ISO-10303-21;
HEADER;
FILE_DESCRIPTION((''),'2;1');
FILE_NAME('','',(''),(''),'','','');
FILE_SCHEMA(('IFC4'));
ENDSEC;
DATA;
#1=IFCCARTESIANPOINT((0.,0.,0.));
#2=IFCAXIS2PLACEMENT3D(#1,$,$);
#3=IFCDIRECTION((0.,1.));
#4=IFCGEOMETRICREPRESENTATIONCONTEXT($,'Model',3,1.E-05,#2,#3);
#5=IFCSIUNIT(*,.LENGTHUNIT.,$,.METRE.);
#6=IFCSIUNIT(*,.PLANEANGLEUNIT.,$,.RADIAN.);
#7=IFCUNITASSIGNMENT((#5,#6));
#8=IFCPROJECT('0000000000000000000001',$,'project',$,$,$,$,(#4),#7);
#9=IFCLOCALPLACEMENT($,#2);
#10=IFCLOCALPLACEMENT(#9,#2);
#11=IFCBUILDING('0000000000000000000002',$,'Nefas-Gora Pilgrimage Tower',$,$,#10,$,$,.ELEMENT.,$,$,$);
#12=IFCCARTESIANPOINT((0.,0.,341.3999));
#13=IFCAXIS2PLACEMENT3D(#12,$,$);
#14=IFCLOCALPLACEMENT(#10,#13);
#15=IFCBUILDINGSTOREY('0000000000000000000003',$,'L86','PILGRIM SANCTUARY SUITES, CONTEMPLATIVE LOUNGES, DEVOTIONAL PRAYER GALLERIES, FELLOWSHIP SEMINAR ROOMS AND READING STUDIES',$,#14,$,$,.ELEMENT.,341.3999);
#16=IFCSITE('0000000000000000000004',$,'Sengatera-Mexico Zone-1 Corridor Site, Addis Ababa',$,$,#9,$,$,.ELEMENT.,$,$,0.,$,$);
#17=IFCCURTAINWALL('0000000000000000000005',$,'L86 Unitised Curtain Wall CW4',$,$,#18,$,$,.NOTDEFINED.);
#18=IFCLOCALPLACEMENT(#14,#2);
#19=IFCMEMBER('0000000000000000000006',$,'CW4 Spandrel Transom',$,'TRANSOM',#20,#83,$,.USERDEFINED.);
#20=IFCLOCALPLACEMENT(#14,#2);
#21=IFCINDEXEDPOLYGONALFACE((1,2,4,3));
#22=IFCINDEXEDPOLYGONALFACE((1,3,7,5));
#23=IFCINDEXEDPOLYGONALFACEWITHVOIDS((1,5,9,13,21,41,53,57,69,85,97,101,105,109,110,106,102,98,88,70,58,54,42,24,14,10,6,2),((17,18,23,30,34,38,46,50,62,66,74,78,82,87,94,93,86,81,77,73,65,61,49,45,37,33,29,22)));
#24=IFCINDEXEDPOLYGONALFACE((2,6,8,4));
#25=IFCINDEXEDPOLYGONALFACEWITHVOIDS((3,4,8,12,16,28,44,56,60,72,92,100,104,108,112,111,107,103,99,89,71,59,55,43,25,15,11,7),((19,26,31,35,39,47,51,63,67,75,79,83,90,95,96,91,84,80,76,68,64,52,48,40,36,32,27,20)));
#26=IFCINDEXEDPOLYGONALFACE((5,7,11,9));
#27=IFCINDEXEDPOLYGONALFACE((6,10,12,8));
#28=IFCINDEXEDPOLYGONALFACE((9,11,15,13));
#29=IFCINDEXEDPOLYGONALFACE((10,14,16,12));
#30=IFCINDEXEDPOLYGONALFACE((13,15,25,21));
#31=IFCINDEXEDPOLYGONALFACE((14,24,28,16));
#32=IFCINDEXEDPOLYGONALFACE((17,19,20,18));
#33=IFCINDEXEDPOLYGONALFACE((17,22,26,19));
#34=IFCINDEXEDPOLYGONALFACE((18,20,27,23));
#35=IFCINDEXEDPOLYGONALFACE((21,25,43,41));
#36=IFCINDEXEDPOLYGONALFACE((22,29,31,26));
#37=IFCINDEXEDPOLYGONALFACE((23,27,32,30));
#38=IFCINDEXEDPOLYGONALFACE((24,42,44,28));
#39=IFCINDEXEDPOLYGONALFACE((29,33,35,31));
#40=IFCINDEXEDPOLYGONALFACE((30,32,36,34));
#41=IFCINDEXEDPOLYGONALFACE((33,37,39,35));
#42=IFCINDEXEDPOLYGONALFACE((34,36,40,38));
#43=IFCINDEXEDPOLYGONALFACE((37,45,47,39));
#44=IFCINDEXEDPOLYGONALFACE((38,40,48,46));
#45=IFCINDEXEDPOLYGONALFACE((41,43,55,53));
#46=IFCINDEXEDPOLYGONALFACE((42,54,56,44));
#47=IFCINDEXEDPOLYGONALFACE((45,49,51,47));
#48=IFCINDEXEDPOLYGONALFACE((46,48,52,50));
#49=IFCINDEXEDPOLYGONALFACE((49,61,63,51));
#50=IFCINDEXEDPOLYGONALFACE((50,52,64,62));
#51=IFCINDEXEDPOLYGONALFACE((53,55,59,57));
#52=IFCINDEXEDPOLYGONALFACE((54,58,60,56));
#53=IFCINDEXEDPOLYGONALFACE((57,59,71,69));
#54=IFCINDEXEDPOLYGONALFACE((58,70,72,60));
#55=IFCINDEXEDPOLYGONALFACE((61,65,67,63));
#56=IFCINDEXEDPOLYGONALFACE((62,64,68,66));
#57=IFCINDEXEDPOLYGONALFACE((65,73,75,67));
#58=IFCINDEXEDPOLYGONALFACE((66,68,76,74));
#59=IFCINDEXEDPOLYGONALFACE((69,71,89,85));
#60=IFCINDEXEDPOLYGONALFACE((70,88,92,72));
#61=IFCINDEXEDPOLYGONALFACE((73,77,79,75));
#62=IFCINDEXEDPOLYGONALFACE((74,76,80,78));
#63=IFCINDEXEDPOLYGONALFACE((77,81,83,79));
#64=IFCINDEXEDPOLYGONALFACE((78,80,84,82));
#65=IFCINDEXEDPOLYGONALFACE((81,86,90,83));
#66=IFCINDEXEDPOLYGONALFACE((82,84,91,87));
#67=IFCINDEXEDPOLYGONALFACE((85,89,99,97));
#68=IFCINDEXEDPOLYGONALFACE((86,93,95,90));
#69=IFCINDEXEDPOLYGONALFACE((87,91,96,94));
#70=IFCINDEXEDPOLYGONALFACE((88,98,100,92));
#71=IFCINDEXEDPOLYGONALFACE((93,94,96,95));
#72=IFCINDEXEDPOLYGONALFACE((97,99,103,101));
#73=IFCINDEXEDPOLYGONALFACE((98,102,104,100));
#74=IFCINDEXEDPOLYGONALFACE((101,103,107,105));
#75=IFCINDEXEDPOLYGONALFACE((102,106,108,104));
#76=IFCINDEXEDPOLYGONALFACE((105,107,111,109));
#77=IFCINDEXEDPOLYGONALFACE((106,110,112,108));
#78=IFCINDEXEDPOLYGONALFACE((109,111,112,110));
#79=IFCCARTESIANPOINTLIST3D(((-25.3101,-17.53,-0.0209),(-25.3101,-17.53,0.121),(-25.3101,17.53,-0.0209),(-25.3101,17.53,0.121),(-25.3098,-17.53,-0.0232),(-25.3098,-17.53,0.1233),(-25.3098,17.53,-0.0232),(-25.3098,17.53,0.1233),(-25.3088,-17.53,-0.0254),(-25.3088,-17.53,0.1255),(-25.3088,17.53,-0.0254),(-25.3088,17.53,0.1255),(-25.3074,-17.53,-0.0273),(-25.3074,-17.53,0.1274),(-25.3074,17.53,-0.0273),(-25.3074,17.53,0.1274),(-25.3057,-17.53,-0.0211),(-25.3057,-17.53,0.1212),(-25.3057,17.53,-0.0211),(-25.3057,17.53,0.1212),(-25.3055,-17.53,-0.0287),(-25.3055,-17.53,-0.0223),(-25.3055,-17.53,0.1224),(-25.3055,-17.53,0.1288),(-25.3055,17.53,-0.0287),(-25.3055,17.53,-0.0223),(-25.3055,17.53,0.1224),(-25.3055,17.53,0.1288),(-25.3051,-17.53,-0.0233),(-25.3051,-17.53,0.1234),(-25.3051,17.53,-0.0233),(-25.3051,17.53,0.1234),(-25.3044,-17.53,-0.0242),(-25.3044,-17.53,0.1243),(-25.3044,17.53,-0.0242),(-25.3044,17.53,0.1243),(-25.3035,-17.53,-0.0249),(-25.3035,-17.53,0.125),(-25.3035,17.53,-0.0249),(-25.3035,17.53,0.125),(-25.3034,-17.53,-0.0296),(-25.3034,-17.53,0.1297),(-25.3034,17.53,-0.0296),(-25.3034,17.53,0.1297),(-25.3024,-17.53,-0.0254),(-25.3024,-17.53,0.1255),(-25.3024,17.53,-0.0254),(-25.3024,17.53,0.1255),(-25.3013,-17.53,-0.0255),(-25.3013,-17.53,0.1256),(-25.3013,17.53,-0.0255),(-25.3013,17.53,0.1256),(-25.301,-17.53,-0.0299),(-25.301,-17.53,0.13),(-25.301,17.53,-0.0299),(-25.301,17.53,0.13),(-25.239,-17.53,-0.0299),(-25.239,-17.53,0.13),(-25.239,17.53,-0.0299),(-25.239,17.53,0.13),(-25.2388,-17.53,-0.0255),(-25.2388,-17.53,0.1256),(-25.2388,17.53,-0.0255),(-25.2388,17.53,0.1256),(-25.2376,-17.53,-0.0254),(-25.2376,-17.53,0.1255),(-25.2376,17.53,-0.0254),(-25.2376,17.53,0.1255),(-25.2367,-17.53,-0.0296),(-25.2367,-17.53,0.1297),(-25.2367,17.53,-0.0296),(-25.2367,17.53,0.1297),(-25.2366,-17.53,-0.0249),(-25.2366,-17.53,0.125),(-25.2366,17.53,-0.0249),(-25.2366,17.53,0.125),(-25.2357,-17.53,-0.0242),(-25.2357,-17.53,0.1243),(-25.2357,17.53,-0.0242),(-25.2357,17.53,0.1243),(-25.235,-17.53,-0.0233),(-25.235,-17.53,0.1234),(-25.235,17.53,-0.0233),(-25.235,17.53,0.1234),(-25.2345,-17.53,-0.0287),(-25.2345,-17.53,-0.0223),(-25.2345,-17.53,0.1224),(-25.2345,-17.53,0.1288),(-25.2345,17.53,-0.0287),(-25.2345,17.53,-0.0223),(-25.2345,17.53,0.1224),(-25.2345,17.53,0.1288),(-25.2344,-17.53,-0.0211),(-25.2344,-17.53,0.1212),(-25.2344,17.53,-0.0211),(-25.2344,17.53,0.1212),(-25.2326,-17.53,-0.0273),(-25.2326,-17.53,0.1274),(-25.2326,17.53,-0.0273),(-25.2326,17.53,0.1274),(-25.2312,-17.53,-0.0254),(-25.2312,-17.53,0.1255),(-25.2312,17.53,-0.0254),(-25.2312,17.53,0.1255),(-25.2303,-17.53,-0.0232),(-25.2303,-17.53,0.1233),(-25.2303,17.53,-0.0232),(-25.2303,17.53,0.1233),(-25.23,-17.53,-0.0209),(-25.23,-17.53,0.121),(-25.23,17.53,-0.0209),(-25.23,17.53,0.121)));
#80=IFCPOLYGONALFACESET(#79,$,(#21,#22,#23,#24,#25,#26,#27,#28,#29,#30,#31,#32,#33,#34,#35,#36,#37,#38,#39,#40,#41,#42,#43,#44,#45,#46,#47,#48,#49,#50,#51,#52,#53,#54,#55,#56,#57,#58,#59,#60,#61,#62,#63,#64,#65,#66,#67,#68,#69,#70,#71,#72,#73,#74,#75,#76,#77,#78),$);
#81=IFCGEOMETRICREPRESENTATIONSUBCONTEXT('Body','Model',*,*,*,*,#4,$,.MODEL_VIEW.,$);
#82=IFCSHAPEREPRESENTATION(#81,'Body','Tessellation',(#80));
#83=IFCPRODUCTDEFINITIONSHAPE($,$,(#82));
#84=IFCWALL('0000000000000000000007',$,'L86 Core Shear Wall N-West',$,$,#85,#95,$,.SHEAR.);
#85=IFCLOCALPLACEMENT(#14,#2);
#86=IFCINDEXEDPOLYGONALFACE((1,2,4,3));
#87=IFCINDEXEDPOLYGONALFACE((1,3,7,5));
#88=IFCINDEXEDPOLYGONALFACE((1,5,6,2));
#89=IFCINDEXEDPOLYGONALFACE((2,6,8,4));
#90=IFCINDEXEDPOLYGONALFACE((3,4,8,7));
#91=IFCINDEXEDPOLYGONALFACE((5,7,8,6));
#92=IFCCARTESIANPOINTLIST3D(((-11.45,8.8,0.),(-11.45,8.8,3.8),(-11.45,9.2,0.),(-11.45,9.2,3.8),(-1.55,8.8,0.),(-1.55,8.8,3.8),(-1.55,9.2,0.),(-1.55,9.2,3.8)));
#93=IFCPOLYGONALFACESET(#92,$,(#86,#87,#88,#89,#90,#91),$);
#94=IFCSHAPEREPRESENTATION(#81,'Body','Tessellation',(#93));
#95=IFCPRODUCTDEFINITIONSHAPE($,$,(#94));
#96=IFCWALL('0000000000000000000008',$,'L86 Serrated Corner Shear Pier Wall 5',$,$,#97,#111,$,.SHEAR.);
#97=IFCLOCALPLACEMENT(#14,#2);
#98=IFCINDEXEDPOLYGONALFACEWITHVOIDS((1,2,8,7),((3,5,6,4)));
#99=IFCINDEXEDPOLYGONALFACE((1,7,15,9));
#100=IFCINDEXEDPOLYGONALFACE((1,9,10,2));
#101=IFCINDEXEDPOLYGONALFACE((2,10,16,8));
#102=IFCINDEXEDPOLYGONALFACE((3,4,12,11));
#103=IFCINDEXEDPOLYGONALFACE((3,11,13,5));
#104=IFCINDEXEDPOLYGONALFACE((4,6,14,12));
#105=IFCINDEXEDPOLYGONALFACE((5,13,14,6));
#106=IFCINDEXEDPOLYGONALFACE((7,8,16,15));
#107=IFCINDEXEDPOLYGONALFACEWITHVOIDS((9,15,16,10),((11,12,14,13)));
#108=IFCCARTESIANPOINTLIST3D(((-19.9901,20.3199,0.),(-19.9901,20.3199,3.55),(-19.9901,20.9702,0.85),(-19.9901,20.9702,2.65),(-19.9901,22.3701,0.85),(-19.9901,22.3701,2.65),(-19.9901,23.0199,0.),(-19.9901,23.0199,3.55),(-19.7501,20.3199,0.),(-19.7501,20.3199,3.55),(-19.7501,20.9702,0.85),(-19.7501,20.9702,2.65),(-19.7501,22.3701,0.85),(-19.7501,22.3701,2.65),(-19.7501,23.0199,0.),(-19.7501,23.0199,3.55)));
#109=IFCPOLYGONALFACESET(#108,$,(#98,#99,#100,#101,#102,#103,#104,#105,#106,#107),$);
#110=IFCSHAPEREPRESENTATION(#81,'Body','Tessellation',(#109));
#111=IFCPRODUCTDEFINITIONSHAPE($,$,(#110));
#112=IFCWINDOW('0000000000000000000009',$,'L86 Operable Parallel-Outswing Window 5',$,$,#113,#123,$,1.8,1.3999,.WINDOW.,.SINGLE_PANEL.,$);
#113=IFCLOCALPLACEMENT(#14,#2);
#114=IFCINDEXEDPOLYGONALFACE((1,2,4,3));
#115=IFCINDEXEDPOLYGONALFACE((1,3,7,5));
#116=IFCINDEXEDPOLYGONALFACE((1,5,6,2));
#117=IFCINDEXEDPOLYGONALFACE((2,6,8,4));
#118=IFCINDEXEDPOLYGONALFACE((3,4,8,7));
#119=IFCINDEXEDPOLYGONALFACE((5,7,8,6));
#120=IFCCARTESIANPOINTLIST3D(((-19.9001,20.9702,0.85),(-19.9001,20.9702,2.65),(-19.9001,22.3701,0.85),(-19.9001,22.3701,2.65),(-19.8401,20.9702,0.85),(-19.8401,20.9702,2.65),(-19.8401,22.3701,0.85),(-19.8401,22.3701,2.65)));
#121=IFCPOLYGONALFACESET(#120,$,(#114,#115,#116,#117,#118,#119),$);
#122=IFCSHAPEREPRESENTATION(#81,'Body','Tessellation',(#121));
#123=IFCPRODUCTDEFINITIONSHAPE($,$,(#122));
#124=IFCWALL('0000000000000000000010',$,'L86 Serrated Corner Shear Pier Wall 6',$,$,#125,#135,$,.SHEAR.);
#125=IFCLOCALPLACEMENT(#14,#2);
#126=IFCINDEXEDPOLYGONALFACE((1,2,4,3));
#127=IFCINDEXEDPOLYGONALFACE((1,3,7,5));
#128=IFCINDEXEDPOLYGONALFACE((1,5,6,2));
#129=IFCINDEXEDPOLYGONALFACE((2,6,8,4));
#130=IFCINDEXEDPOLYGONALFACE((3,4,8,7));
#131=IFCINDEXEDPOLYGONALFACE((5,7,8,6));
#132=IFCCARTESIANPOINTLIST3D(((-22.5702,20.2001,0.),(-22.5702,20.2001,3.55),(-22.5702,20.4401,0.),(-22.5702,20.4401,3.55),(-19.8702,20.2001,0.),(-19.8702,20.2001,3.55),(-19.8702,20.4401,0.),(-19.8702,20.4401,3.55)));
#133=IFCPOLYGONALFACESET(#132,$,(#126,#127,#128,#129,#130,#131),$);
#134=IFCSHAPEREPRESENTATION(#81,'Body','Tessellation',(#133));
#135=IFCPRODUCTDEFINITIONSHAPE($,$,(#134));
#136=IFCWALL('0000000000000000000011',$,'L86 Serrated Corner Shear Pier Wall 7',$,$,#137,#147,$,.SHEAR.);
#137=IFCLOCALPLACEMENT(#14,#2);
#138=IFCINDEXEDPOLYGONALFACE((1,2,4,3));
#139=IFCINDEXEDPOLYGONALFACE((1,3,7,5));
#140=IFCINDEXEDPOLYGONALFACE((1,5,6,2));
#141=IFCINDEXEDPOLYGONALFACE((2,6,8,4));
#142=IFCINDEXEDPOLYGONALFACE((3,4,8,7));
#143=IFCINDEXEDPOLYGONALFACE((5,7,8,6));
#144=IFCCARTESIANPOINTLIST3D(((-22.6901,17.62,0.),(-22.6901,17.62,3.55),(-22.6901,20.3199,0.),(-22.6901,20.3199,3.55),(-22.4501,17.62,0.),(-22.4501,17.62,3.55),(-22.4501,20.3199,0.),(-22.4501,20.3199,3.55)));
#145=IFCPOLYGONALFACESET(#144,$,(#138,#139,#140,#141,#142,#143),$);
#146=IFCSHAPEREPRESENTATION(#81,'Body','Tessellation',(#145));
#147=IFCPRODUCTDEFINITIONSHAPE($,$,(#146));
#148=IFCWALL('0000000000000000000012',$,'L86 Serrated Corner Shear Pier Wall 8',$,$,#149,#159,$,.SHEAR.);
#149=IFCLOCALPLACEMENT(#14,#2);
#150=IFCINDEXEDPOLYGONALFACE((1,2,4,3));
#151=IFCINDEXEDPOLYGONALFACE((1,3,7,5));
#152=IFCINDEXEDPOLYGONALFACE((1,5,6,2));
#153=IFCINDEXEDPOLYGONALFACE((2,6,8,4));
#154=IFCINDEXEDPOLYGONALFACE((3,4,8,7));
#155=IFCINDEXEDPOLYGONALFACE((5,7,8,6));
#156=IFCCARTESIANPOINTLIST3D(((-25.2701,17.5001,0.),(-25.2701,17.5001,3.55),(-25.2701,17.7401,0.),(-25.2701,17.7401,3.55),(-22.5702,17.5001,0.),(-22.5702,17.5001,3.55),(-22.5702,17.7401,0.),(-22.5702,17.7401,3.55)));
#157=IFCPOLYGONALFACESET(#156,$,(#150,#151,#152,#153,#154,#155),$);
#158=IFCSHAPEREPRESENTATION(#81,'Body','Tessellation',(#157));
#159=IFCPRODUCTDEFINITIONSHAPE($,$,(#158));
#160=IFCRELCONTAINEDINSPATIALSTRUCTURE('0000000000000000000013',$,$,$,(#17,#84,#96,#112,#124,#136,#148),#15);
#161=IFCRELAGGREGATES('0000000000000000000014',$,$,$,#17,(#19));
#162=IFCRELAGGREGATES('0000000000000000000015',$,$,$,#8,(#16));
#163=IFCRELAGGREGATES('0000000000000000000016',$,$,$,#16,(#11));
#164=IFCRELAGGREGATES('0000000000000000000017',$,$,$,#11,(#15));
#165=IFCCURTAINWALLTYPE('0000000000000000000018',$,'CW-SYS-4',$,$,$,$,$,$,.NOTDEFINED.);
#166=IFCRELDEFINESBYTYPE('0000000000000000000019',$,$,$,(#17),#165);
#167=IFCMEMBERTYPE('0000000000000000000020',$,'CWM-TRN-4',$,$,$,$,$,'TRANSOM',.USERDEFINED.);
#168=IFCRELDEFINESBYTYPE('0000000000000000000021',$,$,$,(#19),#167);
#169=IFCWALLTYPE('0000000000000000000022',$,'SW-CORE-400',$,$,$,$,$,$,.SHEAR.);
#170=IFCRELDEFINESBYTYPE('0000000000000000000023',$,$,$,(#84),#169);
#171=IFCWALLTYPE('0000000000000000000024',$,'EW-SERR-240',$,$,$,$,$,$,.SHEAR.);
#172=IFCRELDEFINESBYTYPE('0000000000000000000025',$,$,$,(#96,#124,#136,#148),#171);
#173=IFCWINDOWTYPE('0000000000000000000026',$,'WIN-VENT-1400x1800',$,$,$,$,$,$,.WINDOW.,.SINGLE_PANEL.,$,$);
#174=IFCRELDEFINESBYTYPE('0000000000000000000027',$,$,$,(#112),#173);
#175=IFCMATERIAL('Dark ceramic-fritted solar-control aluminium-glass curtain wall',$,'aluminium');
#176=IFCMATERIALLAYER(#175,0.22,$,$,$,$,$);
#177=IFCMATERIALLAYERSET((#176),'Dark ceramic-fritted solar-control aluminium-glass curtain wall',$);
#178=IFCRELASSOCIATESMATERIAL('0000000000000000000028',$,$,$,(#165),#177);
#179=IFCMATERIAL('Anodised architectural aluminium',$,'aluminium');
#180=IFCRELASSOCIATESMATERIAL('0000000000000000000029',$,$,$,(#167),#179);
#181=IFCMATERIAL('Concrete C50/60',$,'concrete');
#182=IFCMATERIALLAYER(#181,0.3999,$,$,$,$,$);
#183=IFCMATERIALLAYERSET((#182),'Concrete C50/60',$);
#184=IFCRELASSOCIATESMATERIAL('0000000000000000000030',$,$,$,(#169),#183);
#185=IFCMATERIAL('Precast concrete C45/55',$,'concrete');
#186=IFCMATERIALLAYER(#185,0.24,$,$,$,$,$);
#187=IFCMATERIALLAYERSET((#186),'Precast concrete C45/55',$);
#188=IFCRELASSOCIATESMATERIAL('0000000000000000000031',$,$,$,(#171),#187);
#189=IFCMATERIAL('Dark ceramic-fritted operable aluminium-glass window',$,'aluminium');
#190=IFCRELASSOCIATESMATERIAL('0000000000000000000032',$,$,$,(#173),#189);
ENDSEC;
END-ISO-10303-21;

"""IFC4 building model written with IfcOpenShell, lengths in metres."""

from ifc_helpers import new_model, si_unit, direction, frame, frame_2d, origin, origin_2d, place, context, subcontext, project, spatial, rectangle, hollow_rectangle, extrude, source, transform, mapped, material, layer, layer_set, material_profile, profile_set, type_object, element, fill, aggregate, save


model = new_model("IFC4")

# Units and contexts
model_context = context("Model", 3, precision=1e-05, world=origin(), true_north=direction((0.0, 1.0)))
body_context = subcontext(model_context, "Body", "Model", "MODEL_VIEW")
ifc_project = project(units=[si_unit("LENGTHUNIT", "METRE"), si_unit("PLANEANGLEUNIT", "RADIAN")], contexts=[model_context])

# Site, building, storey
site_placement = place(None, origin())
site = spatial("IfcSite", under=ifc_project, at=site_placement, Name="Sengatera-Mexico Zone-1 Corridor Site, Addis Ababa", CompositionType="ELEMENT", RefElevation=0.0)
building_placement = place(site_placement, origin())
building = spatial("IfcBuilding", under=site, at=building_placement, Name="Nefas-Gora Pilgrimage Tower", CompositionType="ELEMENT")
storey_placement = place(building_placement, frame((0.0, 0.0, 341.3999)))
storey = spatial("IfcBuildingStorey", under=building, at=storey_placement, Name="L86", Description="PILGRIM SANCTUARY SUITES, CONTEMPLATIVE LOUNGES, DEVOTIONAL PRAYER GALLERIES, FELLOWSHIP SEMINAR ROOMS AND READING STUDIES", CompositionType="ELEMENT", Elevation=341.3999)

# Shared definitions
ifc_material_1 = material(Name="Concrete C50/60", Category="concrete")

# Shared definitions
ifc_material_2 = material(Name="Dark ceramic-fritted solar-control aluminium-glass curtain wall", Category="aluminium")
ifc_layer_1 = layer(ifc_material_2, 0.22)
ifc_layer_set_1 = layer_set([ifc_layer_1], Name="Dark ceramic-fritted solar-control aluminium-glass curtain wall")
curtain_wall_type = type_object("IfcCurtainWallType", Name="CW-SYS-4", PredefinedType="NOTDEFINED", material=ifc_layer_set_1)
ifc_material_3 = material(Name="Anodised architectural aluminium", Category="aluminium")

# Curtain wall, member
curtain_wall_1_placement = place(storey_placement, origin())
curtain_wall_1 = element("IfcCurtainWall", 1, at=curtain_wall_1_placement, inside=storey, type_object=curtain_wall_type, Name="L86 Unitised Curtain Wall CW4", PredefinedType="NOTDEFINED")
ifc_material_profile_1 = material_profile(ifc_material_3, hollow_rectangle(XDim=0.0801, YDim=0.1599, WallThickness=0.0044, InnerFilletRadius=0.0044, OuterFilletRadius=0.009, at=origin_2d()), Name="ALU TRANSOM 80x160")
ifc_profile_set_1 = profile_set([ifc_material_profile_1], Name="Anodised architectural aluminium")
member_type_1 = type_object("IfcMemberType", Name="CWM-TRN-4", ElementType="TRANSOM", PredefinedType="USERDEFINED", material=ifc_profile_set_1)
shared_shape_1 = source(origin(), body_context, "Body", "SweptSolid", [
    extrude(hollow_rectangle(XDim=0.0801, YDim=0.1599, WallThickness=0.0044, InnerFilletRadius=0.0044, OuterFilletRadius=0.009, at=origin_2d()), origin(), (0.0, 0.0, 1.0), 35.0601),
])
member_1_placement = place(storey_placement, frame((-25.27, 17.53, 0.05), z_axis=(0.0, -1.0, 0.0), x_axis=(1.0, 0.0, 0.0)))
member_1 = element("IfcMember", 2, at=member_1_placement, type_object=member_type_1, Name="CW4 Spandrel Transom", ObjectType="TRANSOM", PredefinedType="USERDEFINED", context=body_context, shape_type="MappedRepresentation", body=[
    mapped(shared_shape_1, transform((0.0, 0.0, 0.0), x_axis=(1.0, 0.0, 0.0), y_axis=(0.0, 1.0, 0.0), z_axis=(0.0, 0.0, 1.0), scale=1.0)),
])
aggregate(curtain_wall_1, [member_1])

# Wall
ifc_layer_2 = layer(ifc_material_1, 0.3999)
ifc_layer_set_2 = layer_set([ifc_layer_2], Name="Concrete C50/60")
wall_type_1 = type_object("IfcWallType", Name="SW-CORE-400", PredefinedType="SHEAR", material=ifc_layer_set_2)
shared_shape_2 = source(origin(), body_context, "Body", "SweptSolid", [
    extrude(rectangle(XDim=9.8999, YDim=0.3999, at=frame_2d((4.95, 0.0))), origin(), (0.0, 0.0, 1.0), 3.8),
])
wall_1_placement = place(storey_placement, frame((-11.45, 9.0, 0.0), z_axis=(0.0, 0.0, 1.0), x_axis=(1.0, 0.0, 0.0)))
element("IfcWall", 3, at=wall_1_placement, inside=storey, type_object=wall_type_1, Name="L86 Core Shear Wall N-West", PredefinedType="SHEAR", context=body_context, shape_type="MappedRepresentation", body=[
    mapped(shared_shape_2, transform((0.0, 0.0, 0.0), x_axis=(1.0, 0.0, 0.0), y_axis=(0.0, 1.0, 0.0), z_axis=(0.0, 0.0, 1.0), scale=1.0)),
])

# Wall, opening, window
ifc_material_4 = material(Name="Precast concrete C45/55", Category="concrete")
ifc_layer_3 = layer(ifc_material_4, 0.24)
ifc_layer_set_3 = layer_set([ifc_layer_3], Name="Precast concrete C45/55")
wall_type_2 = type_object("IfcWallType", Name="EW-SERR-240", PredefinedType="SHEAR", material=ifc_layer_set_3)
shared_shape_3 = source(origin(), body_context, "Body", "SweptSolid", [
    extrude(rectangle(XDim=2.7, YDim=0.24, at=frame_2d((1.3501, 0.0))), origin(), (0.0, 0.0, 1.0), 3.55),
])
wall_2_placement = place(storey_placement, frame((-19.8701, 23.02, 0.0), z_axis=(0.0, 0.0, 1.0), x_axis=(0.0, -1.0, 0.0)))
wall_2 = element("IfcWall", 4, at=wall_2_placement, inside=storey, type_object=wall_type_2, Name="L86 Serrated Corner Shear Pier Wall 5", PredefinedType="SHEAR", context=body_context, shape_type="MappedRepresentation", body=[
    mapped(shared_shape_3, transform((0.0, 0.0, 0.0), x_axis=(1.0, 0.0, 0.0), y_axis=(0.0, 1.0, 0.0), z_axis=(0.0, 0.0, 1.0), scale=1.0)),
])
opening_1_placement = place(wall_2_placement, frame((0.6499, 0.0, 0.8501)))
opening_1 = element("IfcOpeningElement", 5, at=opening_1_placement, cuts=wall_2, PredefinedType="OPENING", context=body_context, shape_type="SweptSolid", body=[
    extrude(rectangle(XDim=1.3999, YDim=1.8, at=frame_2d((0.7, 0.8999))), frame((0.0, 0.1299, 0.0), z_axis=(0.0, -1.0, 0.0), x_axis=(1.0, 0.0, 0.0)), (0.0, 0.0, 1.0), 0.26),
])
ifc_material_5 = material(Name="Dark ceramic-fritted operable aluminium-glass window", Category="aluminium")
window_type = type_object("IfcWindowType", Name="WIN-VENT-1400x1800", PartitioningType="SINGLE_PANEL", PredefinedType="WINDOW", material=ifc_material_5)
shared_shape_4 = source(origin(), body_context, "Body", "SweptSolid", [
    extrude(rectangle(XDim=1.3999, YDim=1.8, at=frame_2d((0.7, 0.8999))), frame((0.0, 0.03, 0.0), z_axis=(0.0, -1.0, 0.0), x_axis=(1.0, 0.0, 0.0)), (0.0, 0.0, 1.0), 0.0601),
])
window_placement = place(opening_1_placement, origin())
window = element("IfcWindow", 6, at=window_placement, inside=storey, type_object=window_type, Name="L86 Operable Parallel-Outswing Window 5", OverallHeight=1.8, OverallWidth=1.3999, PartitioningType="SINGLE_PANEL", PredefinedType="WINDOW", context=body_context, shape_type="MappedRepresentation", body=[
    mapped(shared_shape_4, transform((0.0, 0.0, 0.0), x_axis=(1.0, 0.0, 0.0), y_axis=(0.0, 1.0, 0.0), z_axis=(0.0, 0.0, 1.0), scale=1.0)),
])
fill(opening_1, window)

# Walls
for number, where, z_axis, x_axis, name in (
    (7, (-19.8701, 20.3201, 0.0), (0.0, 0.0, 1.0), (-1.0, 0.0, 0.0), "L86 Serrated Corner Shear Pier Wall 6"),
    (8, (-22.5701, 20.3201, 0.0), (0.0, 0.0, 1.0), (0.0, -1.0, 0.0), "L86 Serrated Corner Shear Pier Wall 7"),
    (9, (-22.5701, 17.6201, 0.0), (0.0, 0.0, 1.0), (-1.0, 0.0, 0.0), "L86 Serrated Corner Shear Pier Wall 8"),
):
    element("IfcWall", number, at=place(storey_placement, frame(where, z_axis=z_axis, x_axis=x_axis)), inside=storey, type_object=wall_type_2, Name=name, PredefinedType="SHEAR", context=body_context, shape_type="MappedRepresentation", body=[
        mapped(shared_shape_3, transform((0.0, 0.0, 0.0), x_axis=(1.0, 0.0, 0.0), y_axis=(0.0, 1.0, 0.0), z_axis=(0.0, 0.0, 1.0), scale=1.0)),
    ])

save(model, "model.ifc")
